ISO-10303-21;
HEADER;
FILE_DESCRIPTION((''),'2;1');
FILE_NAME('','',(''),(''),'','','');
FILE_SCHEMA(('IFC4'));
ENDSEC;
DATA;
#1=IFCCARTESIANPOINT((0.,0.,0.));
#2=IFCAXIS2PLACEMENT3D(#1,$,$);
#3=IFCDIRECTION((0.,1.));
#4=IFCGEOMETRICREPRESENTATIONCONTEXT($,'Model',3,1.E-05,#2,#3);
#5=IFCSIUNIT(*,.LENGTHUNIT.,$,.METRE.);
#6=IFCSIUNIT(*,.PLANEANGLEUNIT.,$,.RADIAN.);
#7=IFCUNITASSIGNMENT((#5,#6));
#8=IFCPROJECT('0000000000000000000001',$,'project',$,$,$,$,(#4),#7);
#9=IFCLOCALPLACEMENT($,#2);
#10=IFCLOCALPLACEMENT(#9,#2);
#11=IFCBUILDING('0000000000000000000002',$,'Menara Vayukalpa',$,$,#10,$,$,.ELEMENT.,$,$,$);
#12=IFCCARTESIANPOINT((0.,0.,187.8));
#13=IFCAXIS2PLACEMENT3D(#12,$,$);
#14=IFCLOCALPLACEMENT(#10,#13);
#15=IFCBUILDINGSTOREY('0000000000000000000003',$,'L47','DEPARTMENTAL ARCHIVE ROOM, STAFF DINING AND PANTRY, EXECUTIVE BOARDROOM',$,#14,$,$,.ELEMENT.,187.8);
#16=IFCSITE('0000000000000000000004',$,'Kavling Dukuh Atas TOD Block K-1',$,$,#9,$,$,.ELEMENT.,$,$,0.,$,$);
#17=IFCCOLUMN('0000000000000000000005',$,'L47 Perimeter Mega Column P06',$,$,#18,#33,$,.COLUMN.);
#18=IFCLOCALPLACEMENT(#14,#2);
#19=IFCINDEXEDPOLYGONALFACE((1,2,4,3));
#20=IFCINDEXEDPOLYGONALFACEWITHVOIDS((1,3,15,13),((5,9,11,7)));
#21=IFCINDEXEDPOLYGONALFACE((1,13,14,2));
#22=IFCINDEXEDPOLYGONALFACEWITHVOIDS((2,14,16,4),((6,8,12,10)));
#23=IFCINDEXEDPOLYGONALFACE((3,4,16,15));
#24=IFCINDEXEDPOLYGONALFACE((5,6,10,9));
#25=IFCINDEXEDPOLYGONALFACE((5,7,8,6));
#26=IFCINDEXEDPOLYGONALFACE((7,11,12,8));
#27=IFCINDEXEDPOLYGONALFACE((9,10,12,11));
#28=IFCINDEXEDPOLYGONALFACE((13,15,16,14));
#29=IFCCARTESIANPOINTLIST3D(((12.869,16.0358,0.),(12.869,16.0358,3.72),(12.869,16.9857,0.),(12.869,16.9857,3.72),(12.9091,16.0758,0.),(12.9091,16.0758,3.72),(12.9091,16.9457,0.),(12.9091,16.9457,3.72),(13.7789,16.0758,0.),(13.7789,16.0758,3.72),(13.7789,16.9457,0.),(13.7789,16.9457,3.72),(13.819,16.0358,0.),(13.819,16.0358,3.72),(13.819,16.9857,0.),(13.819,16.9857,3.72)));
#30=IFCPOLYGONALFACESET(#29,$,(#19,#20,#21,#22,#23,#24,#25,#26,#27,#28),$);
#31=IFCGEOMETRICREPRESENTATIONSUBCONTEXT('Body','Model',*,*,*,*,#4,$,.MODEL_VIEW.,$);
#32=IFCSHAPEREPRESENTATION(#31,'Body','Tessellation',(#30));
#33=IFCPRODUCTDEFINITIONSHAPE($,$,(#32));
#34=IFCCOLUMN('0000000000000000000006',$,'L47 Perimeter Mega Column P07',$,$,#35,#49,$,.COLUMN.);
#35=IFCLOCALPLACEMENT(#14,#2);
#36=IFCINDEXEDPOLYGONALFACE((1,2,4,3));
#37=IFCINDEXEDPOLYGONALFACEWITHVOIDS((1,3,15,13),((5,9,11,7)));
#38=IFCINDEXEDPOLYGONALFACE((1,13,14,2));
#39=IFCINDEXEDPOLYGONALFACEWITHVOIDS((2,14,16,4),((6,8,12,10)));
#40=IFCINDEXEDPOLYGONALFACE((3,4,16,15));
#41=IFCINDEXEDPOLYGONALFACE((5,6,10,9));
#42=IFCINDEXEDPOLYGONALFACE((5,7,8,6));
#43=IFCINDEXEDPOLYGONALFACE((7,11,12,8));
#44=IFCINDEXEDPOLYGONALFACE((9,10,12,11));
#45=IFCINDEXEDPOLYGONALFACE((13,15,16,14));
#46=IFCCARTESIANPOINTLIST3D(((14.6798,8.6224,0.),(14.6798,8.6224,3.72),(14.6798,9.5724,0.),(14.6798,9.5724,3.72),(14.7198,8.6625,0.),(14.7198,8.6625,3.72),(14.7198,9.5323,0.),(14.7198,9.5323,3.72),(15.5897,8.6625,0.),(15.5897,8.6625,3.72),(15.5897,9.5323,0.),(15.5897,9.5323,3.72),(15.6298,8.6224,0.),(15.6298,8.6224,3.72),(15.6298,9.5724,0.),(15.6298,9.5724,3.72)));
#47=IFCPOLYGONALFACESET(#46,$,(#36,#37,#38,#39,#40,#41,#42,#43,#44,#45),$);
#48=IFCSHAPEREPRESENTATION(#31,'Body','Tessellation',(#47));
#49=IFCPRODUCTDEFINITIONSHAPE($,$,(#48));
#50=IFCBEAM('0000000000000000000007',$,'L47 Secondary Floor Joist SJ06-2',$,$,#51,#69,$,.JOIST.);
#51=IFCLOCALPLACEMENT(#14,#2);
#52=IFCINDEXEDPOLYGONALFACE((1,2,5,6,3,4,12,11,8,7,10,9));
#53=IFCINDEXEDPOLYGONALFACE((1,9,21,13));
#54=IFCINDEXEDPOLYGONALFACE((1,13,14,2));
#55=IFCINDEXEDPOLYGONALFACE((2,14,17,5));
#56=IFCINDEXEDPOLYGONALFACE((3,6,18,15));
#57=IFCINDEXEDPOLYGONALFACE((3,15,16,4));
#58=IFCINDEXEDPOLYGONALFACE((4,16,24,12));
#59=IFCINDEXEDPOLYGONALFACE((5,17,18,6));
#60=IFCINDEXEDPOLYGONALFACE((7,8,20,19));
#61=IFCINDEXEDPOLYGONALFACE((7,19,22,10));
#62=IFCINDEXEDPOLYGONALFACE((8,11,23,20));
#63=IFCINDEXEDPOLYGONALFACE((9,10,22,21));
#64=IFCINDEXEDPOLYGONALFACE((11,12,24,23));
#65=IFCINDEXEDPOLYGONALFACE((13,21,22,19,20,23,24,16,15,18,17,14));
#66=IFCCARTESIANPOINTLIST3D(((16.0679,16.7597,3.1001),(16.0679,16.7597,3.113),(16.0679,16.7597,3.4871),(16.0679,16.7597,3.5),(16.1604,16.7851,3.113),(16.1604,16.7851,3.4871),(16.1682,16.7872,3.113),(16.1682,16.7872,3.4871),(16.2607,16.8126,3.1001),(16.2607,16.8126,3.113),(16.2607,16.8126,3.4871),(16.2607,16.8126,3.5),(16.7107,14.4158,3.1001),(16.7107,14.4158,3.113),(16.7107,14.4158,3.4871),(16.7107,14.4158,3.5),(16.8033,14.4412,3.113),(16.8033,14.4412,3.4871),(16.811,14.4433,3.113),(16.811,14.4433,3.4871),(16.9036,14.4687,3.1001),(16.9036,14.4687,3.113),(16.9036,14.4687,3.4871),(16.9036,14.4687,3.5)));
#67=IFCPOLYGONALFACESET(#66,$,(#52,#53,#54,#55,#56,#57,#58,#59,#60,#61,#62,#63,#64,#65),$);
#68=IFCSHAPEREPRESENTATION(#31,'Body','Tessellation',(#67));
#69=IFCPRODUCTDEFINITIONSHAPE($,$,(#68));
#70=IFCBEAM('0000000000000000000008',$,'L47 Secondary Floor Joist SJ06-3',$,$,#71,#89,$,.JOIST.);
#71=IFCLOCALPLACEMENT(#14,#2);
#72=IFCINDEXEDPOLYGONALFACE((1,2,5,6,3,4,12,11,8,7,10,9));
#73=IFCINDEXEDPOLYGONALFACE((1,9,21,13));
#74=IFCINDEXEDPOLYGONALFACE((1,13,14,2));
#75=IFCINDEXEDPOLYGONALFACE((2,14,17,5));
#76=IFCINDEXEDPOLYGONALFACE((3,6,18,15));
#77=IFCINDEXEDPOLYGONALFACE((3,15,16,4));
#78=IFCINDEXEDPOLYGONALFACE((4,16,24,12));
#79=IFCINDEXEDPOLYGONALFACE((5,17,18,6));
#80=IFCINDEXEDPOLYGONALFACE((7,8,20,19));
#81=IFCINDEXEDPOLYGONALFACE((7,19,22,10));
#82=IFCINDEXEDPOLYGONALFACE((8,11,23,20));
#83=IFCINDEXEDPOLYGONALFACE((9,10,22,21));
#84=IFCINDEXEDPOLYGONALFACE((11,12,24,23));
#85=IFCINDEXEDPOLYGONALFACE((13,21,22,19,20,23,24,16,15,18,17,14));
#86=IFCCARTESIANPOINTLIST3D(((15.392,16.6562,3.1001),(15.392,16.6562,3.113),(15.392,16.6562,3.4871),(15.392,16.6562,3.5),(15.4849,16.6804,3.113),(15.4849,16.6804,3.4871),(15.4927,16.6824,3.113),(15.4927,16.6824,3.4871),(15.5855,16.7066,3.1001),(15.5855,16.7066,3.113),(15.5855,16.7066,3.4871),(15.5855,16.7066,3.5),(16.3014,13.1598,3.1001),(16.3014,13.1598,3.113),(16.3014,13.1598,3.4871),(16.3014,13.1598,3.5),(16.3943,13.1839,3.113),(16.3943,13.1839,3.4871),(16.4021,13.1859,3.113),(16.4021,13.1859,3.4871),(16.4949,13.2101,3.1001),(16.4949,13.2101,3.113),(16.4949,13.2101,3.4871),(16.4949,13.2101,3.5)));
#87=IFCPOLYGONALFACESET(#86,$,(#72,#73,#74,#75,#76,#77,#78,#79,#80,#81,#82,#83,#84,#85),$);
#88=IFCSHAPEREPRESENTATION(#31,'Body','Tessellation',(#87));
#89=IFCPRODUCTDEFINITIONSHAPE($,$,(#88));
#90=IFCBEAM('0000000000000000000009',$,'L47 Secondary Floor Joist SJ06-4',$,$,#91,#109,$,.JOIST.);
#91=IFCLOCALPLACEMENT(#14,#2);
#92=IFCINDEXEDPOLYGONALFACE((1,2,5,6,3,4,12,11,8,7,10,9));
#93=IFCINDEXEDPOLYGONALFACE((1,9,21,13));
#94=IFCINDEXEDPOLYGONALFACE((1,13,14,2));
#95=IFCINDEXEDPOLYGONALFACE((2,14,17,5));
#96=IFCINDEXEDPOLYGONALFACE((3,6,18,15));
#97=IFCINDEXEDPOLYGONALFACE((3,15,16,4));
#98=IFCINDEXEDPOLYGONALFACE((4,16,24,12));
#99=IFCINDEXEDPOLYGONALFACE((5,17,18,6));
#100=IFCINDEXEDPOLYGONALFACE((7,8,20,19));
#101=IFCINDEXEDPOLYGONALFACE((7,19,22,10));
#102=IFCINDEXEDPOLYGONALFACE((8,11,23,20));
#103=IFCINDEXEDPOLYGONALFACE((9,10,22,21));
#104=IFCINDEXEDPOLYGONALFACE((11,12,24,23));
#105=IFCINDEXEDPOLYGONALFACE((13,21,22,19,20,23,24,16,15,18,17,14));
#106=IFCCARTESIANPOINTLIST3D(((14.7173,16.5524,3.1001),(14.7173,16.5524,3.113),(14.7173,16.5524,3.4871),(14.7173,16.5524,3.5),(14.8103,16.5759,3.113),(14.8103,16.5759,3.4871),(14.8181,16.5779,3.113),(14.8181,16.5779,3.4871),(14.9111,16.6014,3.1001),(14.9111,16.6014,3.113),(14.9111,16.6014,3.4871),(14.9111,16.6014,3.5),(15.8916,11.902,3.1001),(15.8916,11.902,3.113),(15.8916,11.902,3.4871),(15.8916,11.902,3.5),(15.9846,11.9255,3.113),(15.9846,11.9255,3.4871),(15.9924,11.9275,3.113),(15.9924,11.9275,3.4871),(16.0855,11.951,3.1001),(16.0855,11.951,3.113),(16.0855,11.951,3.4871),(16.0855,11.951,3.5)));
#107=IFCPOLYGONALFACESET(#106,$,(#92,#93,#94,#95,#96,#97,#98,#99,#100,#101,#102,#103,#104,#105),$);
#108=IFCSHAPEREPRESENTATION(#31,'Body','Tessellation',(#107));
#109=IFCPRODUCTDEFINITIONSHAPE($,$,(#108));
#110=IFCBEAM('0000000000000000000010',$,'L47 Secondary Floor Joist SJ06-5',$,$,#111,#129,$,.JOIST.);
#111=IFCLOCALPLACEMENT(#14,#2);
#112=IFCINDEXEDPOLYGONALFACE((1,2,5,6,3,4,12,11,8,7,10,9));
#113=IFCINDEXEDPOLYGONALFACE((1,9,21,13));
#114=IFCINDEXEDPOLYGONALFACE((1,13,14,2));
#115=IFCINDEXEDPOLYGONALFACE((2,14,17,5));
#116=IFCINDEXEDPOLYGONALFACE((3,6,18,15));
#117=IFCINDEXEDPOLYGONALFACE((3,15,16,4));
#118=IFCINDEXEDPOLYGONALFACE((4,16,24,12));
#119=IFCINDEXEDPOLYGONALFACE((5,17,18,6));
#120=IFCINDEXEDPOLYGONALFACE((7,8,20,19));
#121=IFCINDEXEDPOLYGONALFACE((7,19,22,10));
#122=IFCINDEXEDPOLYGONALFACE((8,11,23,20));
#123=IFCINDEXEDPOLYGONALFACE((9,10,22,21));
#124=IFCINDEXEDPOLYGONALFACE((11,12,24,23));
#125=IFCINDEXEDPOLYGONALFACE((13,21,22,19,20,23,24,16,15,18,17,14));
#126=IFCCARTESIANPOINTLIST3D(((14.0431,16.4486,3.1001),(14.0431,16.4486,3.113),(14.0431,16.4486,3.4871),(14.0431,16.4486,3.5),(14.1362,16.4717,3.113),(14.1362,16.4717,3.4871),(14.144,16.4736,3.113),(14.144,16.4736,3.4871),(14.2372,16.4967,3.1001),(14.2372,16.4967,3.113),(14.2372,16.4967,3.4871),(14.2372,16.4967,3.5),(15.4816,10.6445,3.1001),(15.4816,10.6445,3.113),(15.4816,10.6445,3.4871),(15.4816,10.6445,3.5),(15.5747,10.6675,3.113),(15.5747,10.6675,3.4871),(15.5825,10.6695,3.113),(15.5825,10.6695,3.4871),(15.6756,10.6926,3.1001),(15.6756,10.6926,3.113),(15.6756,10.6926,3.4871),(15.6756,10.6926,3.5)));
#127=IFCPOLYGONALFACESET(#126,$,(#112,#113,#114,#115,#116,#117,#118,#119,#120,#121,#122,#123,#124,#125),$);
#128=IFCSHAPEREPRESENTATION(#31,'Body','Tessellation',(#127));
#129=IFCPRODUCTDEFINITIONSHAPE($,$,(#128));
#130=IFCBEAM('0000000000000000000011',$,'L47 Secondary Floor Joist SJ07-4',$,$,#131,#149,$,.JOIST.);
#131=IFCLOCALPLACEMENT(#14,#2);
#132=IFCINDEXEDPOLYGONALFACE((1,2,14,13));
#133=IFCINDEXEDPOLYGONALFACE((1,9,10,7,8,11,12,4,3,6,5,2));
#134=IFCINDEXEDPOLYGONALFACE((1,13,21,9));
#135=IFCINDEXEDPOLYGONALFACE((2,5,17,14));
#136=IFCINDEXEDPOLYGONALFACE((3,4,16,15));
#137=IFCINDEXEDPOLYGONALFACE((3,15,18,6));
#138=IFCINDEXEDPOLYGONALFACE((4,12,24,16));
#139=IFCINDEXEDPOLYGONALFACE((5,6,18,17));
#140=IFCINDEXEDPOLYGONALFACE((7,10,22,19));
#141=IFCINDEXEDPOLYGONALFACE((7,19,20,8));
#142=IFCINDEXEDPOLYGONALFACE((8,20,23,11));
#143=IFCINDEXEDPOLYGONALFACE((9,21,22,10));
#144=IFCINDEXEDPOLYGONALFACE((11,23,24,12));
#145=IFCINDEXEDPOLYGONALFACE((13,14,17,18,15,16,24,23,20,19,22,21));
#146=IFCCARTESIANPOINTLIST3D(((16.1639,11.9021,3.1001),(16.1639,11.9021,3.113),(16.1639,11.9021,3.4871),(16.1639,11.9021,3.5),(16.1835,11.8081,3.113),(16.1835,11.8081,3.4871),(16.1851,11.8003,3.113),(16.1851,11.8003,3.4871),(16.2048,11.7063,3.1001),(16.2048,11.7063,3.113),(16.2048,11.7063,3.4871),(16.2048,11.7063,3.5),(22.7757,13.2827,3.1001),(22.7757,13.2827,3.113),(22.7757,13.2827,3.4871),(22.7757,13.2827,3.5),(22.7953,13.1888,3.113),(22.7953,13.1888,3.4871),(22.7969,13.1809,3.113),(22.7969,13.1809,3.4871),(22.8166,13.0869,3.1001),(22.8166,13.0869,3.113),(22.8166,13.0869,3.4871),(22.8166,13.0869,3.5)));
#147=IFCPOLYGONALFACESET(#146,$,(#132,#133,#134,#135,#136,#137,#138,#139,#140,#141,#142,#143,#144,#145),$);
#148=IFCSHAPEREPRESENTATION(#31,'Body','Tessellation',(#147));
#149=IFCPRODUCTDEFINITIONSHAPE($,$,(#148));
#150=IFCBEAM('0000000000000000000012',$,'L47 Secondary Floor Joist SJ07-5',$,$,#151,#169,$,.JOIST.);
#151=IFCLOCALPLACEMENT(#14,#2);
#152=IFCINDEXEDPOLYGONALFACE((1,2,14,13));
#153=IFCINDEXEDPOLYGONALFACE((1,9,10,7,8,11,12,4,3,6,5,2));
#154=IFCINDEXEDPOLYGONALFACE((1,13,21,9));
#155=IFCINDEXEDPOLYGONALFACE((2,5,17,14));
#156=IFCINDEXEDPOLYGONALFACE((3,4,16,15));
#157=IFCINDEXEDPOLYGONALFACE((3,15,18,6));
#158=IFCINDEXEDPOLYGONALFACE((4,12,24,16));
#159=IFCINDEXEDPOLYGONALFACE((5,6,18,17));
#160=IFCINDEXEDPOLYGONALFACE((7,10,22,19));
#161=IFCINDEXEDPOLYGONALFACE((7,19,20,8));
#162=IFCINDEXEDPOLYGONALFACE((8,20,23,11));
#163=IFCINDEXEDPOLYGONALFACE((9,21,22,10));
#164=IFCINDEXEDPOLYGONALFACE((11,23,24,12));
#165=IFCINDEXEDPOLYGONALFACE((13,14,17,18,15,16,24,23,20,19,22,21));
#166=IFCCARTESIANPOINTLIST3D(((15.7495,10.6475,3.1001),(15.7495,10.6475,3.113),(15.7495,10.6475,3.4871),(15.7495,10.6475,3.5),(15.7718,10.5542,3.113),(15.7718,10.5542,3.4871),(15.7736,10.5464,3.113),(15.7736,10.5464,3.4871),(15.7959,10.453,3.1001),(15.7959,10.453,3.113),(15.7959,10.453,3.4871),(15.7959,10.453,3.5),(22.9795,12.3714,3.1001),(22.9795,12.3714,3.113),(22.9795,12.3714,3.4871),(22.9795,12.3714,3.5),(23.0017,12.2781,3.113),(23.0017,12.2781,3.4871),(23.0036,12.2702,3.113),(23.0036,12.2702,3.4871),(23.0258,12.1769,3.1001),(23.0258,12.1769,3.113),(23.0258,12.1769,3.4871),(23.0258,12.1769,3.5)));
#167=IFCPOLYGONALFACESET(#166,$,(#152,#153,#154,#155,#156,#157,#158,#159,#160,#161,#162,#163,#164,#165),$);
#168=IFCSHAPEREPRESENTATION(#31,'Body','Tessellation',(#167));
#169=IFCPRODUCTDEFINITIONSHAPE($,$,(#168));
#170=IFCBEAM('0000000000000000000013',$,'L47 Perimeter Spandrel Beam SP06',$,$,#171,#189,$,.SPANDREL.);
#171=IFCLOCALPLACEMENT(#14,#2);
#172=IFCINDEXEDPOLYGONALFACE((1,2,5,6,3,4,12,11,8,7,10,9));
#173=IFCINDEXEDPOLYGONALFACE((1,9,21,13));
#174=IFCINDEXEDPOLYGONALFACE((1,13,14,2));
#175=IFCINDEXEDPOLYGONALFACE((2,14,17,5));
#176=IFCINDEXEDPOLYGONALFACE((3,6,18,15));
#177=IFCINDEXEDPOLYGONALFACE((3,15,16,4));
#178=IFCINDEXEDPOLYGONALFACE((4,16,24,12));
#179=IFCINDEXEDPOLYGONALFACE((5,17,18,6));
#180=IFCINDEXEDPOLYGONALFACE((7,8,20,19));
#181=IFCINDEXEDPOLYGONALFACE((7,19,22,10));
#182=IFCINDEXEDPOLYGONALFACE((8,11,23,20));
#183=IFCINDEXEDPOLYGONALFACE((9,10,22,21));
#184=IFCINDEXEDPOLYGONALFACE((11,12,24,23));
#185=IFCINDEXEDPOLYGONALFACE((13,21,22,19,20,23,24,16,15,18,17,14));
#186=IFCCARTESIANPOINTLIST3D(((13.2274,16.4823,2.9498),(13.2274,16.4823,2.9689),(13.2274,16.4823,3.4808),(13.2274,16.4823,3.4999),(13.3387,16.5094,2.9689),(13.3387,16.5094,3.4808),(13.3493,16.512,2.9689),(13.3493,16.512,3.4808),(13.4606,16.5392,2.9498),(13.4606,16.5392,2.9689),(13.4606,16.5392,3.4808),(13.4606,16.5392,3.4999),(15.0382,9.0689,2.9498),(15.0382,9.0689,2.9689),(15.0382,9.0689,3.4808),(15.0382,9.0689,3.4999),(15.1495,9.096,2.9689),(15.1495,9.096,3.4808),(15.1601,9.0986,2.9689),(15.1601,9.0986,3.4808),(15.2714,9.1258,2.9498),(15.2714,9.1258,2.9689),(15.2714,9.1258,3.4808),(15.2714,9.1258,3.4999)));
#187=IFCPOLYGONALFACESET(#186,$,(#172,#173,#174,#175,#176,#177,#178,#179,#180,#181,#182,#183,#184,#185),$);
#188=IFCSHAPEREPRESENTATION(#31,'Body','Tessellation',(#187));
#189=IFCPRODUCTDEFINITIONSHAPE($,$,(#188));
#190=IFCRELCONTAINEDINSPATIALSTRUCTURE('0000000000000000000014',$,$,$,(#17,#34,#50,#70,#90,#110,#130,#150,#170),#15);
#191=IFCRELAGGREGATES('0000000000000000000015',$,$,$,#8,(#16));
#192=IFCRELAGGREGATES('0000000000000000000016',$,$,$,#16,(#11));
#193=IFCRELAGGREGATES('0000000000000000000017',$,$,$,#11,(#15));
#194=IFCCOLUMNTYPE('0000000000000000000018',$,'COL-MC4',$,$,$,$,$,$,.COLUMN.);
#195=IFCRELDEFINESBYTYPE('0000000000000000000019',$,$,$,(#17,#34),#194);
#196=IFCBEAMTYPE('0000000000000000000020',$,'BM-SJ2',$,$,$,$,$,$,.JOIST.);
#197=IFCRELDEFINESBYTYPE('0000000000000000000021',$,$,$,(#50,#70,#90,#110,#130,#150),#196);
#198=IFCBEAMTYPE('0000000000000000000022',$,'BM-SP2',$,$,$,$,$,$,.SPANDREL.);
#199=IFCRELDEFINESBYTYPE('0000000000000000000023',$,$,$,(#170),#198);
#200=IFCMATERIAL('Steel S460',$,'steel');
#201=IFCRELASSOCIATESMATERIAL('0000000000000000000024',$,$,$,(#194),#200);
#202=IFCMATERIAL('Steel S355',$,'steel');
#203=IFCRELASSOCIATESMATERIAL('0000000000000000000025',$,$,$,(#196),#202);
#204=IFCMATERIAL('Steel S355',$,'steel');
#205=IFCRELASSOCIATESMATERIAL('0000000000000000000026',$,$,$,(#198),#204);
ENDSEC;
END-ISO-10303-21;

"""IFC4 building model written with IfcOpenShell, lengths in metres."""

from ifc_helpers import new_model, si_unit, direction, frame, origin, origin_2d, place, context, subcontext, project, spatial, hollow_rectangle, i_section, extrude, material, material_profile, profile_set, type_object, element, save


model = new_model("IFC4")

# Units and contexts
model_context = context("Model", 3, precision=1e-05, world=origin(), true_north=direction((0.0, 1.0)))
body_context = subcontext(model_context, "Body", "Model", "MODEL_VIEW")
ifc_project = project(units=[si_unit("LENGTHUNIT", "METRE"), si_unit("PLANEANGLEUNIT", "RADIAN")], contexts=[model_context])

# Site, building, storey
site_placement = place(None, origin())
site = spatial("IfcSite", under=ifc_project, at=site_placement, Name="Kavling Dukuh Atas TOD Block K-1", CompositionType="ELEMENT", RefElevation=0.0)
building_placement = place(site_placement, origin())
building = spatial("IfcBuilding", under=site, at=building_placement, Name="Menara Vayukalpa", CompositionType="ELEMENT")
storey_placement = place(building_placement, frame((0.0, 0.0, 187.8)))
storey = spatial("IfcBuildingStorey", under=building, at=storey_placement, Name="L47", Description="DEPARTMENTAL ARCHIVE ROOM, STAFF DINING AND PANTRY, EXECUTIVE BOARDROOM", CompositionType="ELEMENT", Elevation=187.8)

# Columns
ifc_material_1 = material(Name="Steel S460", Category="steel")
ifc_material_profile_1 = material_profile(ifc_material_1, hollow_rectangle(XDim=0.95, YDim=0.95, WallThickness=0.04, at=origin_2d()), Name="BOX 950x950x40")
ifc_profile_set_1 = profile_set([ifc_material_profile_1], Name="Steel S460")
column_type = type_object("IfcColumnType", Name="COL-MC4", PredefinedType="COLUMN", material=ifc_profile_set_1)
for number, where, z_axis, x_axis, name in (
    (1, (13.344, 16.5107, 0.0), (0.0, 0.0, 1.0), (1.0, 0.0, 0.0), "L47 Perimeter Mega Column P06"),
    (2, (15.1548, 9.0974, 0.0), (0.0, 0.0, 1.0), (1.0, 0.0, 0.0), "L47 Perimeter Mega Column P07"),
):
    element("IfcColumn", number, at=place(storey_placement, frame(where, z_axis=z_axis, x_axis=x_axis)), inside=storey, type_object=column_type, Name=name, PredefinedType="COLUMN", context=body_context, shape_type="SweptSolid", body=[
        extrude(hollow_rectangle(XDim=0.95, YDim=0.95, WallThickness=0.04, at=origin_2d()), origin(), (0.0, 0.0, 1.0), 3.72),
    ])

# Beams
ifc_material_2 = material(Name="Steel S355", Category="steel")
ifc_material_profile_2 = material_profile(ifc_material_2, i_section(OverallWidth=0.2, OverallDepth=0.3999, WebThickness=0.0081, FlangeThickness=0.0129, at=origin_2d()), Name="WF 400x200x8x13")
ifc_profile_set_2 = profile_set([ifc_material_profile_2], Name="Steel S355")
beam_type_1 = type_object("IfcBeamType", Name="BM-SJ2", PredefinedType="JOIST", material=ifc_profile_set_2)
beam_1_placement = place(storey_placement, frame((16.1643, 16.7861, 3.3), z_axis=(0.264503, -0.964385, 0.0), x_axis=(0.964385, 0.264503, 0.0)))
element("IfcBeam", 3, at=beam_1_placement, inside=storey, type_object=beam_type_1, Name="L47 Secondary Floor Joist SJ06-2", PredefinedType="JOIST", context=body_context, shape_type="SweptSolid", body=[
    extrude(i_section(OverallWidth=0.2, OverallDepth=0.3999, WebThickness=0.0081, FlangeThickness=0.0129, at=origin_2d()), origin(), (0.0, 0.0, 1.0), 2.4304),
])
beam_2_placement = place(storey_placement, frame((15.4888, 16.6814, 3.3), z_axis=(0.251715, -0.967801, 0.0), x_axis=(0.967801, 0.251715, 0.0)))
element("IfcBeam", 4, at=beam_2_placement, inside=storey, type_object=beam_type_1, Name="L47 Secondary Floor Joist SJ06-3", PredefinedType="JOIST", context=body_context, shape_type="SweptSolid", body=[
    extrude(i_section(OverallWidth=0.2, OverallDepth=0.3999, WebThickness=0.0081, FlangeThickness=0.0129, at=origin_2d()), origin(), (0.0, 0.0, 1.0), 3.6128),
])
beam_3_placement = place(storey_placement, frame((14.8142, 16.5769, 3.3), z_axis=(0.244834, -0.969565, 0.0), x_axis=(0.969565, 0.244834, 0.0)))
element("IfcBeam", 5, at=beam_3_placement, inside=storey, type_object=beam_type_1, Name="L47 Secondary Floor Joist SJ06-4", PredefinedType="JOIST", context=body_context, shape_type="SweptSolid", body=[
    extrude(i_section(OverallWidth=0.2, OverallDepth=0.3999, WebThickness=0.0081, FlangeThickness=0.0129, at=origin_2d()), origin(), (0.0, 0.0, 1.0), 4.7964),
])
beam_4_placement = place(storey_placement, frame((14.1401, 16.4727, 3.3), z_axis=(0.240556, -0.970635, 0.0), x_axis=(0.970635, 0.240556, 0.0)))
element("IfcBeam", 6, at=beam_4_placement, inside=storey, type_object=beam_type_1, Name="L47 Secondary Floor Joist SJ06-5", PredefinedType="JOIST", context=body_context, shape_type="SweptSolid", body=[
    extrude(i_section(OverallWidth=0.2, OverallDepth=0.3999, WebThickness=0.0081, FlangeThickness=0.0129, at=origin_2d()), origin(), (0.0, 0.0, 1.0), 5.9797),
])
beam_5_placement = place(storey_placement, frame((16.1843, 11.8042, 3.3), z_axis=(0.978887, 0.204402, 0.0), x_axis=(-0.204402, 0.978887, 0.0)))
element("IfcBeam", 7, at=beam_5_placement, inside=storey, type_object=beam_type_1, Name="L47 Secondary Floor Joist SJ07-4", PredefinedType="JOIST", context=body_context, shape_type="SweptSolid", body=[
    extrude(i_section(OverallWidth=0.2, OverallDepth=0.3999, WebThickness=0.0081, FlangeThickness=0.0129, at=origin_2d()), origin(), (0.0, 0.0, 1.0), 6.7544),
])
beam_6_placement = place(storey_placement, frame((15.7727, 10.5503, 3.3), z_axis=(0.972732, 0.231933, 0.0), x_axis=(-0.231933, 0.972732, 0.0)))
element("IfcBeam", 8, at=beam_6_placement, inside=storey, type_object=beam_type_1, Name="L47 Secondary Floor Joist SJ07-5", PredefinedType="JOIST", context=body_context, shape_type="SweptSolid", body=[
    extrude(i_section(OverallWidth=0.2, OverallDepth=0.3999, WebThickness=0.0081, FlangeThickness=0.0129, at=origin_2d()), origin(), (0.0, 0.0, 1.0), 7.4326),
])
ifc_material_3 = material(Name="Steel S355", Category="steel")
ifc_material_profile_3 = material_profile(ifc_material_3, i_section(OverallWidth=0.24, OverallDepth=0.55, WebThickness=0.011, FlangeThickness=0.019, at=origin_2d()), Name="WF 550x240x11x19")
ifc_profile_set_3 = profile_set([ifc_material_profile_3], Name="Steel S355")
beam_type_2 = type_object("IfcBeamType", Name="BM-SP2", PredefinedType="SPANDREL", material=ifc_profile_set_3)
beam_7_placement = place(storey_placement, frame((13.344, 16.5107, 3.2249), z_axis=(0.237285, -0.97144, 0.0), x_axis=(0.97144, 0.237285, 0.0)))
element("IfcBeam", 9, at=beam_7_placement, inside=storey, type_object=beam_type_2, Name="L47 Perimeter Spandrel Beam SP06", PredefinedType="SPANDREL", context=body_context, shape_type="SweptSolid", body=[
    extrude(i_section(OverallWidth=0.24, OverallDepth=0.55, WebThickness=0.011, FlangeThickness=0.019, at=origin_2d()), origin(), (0.0, 0.0, 1.0), 7.6313),
])

save(model, "model.ifc")
